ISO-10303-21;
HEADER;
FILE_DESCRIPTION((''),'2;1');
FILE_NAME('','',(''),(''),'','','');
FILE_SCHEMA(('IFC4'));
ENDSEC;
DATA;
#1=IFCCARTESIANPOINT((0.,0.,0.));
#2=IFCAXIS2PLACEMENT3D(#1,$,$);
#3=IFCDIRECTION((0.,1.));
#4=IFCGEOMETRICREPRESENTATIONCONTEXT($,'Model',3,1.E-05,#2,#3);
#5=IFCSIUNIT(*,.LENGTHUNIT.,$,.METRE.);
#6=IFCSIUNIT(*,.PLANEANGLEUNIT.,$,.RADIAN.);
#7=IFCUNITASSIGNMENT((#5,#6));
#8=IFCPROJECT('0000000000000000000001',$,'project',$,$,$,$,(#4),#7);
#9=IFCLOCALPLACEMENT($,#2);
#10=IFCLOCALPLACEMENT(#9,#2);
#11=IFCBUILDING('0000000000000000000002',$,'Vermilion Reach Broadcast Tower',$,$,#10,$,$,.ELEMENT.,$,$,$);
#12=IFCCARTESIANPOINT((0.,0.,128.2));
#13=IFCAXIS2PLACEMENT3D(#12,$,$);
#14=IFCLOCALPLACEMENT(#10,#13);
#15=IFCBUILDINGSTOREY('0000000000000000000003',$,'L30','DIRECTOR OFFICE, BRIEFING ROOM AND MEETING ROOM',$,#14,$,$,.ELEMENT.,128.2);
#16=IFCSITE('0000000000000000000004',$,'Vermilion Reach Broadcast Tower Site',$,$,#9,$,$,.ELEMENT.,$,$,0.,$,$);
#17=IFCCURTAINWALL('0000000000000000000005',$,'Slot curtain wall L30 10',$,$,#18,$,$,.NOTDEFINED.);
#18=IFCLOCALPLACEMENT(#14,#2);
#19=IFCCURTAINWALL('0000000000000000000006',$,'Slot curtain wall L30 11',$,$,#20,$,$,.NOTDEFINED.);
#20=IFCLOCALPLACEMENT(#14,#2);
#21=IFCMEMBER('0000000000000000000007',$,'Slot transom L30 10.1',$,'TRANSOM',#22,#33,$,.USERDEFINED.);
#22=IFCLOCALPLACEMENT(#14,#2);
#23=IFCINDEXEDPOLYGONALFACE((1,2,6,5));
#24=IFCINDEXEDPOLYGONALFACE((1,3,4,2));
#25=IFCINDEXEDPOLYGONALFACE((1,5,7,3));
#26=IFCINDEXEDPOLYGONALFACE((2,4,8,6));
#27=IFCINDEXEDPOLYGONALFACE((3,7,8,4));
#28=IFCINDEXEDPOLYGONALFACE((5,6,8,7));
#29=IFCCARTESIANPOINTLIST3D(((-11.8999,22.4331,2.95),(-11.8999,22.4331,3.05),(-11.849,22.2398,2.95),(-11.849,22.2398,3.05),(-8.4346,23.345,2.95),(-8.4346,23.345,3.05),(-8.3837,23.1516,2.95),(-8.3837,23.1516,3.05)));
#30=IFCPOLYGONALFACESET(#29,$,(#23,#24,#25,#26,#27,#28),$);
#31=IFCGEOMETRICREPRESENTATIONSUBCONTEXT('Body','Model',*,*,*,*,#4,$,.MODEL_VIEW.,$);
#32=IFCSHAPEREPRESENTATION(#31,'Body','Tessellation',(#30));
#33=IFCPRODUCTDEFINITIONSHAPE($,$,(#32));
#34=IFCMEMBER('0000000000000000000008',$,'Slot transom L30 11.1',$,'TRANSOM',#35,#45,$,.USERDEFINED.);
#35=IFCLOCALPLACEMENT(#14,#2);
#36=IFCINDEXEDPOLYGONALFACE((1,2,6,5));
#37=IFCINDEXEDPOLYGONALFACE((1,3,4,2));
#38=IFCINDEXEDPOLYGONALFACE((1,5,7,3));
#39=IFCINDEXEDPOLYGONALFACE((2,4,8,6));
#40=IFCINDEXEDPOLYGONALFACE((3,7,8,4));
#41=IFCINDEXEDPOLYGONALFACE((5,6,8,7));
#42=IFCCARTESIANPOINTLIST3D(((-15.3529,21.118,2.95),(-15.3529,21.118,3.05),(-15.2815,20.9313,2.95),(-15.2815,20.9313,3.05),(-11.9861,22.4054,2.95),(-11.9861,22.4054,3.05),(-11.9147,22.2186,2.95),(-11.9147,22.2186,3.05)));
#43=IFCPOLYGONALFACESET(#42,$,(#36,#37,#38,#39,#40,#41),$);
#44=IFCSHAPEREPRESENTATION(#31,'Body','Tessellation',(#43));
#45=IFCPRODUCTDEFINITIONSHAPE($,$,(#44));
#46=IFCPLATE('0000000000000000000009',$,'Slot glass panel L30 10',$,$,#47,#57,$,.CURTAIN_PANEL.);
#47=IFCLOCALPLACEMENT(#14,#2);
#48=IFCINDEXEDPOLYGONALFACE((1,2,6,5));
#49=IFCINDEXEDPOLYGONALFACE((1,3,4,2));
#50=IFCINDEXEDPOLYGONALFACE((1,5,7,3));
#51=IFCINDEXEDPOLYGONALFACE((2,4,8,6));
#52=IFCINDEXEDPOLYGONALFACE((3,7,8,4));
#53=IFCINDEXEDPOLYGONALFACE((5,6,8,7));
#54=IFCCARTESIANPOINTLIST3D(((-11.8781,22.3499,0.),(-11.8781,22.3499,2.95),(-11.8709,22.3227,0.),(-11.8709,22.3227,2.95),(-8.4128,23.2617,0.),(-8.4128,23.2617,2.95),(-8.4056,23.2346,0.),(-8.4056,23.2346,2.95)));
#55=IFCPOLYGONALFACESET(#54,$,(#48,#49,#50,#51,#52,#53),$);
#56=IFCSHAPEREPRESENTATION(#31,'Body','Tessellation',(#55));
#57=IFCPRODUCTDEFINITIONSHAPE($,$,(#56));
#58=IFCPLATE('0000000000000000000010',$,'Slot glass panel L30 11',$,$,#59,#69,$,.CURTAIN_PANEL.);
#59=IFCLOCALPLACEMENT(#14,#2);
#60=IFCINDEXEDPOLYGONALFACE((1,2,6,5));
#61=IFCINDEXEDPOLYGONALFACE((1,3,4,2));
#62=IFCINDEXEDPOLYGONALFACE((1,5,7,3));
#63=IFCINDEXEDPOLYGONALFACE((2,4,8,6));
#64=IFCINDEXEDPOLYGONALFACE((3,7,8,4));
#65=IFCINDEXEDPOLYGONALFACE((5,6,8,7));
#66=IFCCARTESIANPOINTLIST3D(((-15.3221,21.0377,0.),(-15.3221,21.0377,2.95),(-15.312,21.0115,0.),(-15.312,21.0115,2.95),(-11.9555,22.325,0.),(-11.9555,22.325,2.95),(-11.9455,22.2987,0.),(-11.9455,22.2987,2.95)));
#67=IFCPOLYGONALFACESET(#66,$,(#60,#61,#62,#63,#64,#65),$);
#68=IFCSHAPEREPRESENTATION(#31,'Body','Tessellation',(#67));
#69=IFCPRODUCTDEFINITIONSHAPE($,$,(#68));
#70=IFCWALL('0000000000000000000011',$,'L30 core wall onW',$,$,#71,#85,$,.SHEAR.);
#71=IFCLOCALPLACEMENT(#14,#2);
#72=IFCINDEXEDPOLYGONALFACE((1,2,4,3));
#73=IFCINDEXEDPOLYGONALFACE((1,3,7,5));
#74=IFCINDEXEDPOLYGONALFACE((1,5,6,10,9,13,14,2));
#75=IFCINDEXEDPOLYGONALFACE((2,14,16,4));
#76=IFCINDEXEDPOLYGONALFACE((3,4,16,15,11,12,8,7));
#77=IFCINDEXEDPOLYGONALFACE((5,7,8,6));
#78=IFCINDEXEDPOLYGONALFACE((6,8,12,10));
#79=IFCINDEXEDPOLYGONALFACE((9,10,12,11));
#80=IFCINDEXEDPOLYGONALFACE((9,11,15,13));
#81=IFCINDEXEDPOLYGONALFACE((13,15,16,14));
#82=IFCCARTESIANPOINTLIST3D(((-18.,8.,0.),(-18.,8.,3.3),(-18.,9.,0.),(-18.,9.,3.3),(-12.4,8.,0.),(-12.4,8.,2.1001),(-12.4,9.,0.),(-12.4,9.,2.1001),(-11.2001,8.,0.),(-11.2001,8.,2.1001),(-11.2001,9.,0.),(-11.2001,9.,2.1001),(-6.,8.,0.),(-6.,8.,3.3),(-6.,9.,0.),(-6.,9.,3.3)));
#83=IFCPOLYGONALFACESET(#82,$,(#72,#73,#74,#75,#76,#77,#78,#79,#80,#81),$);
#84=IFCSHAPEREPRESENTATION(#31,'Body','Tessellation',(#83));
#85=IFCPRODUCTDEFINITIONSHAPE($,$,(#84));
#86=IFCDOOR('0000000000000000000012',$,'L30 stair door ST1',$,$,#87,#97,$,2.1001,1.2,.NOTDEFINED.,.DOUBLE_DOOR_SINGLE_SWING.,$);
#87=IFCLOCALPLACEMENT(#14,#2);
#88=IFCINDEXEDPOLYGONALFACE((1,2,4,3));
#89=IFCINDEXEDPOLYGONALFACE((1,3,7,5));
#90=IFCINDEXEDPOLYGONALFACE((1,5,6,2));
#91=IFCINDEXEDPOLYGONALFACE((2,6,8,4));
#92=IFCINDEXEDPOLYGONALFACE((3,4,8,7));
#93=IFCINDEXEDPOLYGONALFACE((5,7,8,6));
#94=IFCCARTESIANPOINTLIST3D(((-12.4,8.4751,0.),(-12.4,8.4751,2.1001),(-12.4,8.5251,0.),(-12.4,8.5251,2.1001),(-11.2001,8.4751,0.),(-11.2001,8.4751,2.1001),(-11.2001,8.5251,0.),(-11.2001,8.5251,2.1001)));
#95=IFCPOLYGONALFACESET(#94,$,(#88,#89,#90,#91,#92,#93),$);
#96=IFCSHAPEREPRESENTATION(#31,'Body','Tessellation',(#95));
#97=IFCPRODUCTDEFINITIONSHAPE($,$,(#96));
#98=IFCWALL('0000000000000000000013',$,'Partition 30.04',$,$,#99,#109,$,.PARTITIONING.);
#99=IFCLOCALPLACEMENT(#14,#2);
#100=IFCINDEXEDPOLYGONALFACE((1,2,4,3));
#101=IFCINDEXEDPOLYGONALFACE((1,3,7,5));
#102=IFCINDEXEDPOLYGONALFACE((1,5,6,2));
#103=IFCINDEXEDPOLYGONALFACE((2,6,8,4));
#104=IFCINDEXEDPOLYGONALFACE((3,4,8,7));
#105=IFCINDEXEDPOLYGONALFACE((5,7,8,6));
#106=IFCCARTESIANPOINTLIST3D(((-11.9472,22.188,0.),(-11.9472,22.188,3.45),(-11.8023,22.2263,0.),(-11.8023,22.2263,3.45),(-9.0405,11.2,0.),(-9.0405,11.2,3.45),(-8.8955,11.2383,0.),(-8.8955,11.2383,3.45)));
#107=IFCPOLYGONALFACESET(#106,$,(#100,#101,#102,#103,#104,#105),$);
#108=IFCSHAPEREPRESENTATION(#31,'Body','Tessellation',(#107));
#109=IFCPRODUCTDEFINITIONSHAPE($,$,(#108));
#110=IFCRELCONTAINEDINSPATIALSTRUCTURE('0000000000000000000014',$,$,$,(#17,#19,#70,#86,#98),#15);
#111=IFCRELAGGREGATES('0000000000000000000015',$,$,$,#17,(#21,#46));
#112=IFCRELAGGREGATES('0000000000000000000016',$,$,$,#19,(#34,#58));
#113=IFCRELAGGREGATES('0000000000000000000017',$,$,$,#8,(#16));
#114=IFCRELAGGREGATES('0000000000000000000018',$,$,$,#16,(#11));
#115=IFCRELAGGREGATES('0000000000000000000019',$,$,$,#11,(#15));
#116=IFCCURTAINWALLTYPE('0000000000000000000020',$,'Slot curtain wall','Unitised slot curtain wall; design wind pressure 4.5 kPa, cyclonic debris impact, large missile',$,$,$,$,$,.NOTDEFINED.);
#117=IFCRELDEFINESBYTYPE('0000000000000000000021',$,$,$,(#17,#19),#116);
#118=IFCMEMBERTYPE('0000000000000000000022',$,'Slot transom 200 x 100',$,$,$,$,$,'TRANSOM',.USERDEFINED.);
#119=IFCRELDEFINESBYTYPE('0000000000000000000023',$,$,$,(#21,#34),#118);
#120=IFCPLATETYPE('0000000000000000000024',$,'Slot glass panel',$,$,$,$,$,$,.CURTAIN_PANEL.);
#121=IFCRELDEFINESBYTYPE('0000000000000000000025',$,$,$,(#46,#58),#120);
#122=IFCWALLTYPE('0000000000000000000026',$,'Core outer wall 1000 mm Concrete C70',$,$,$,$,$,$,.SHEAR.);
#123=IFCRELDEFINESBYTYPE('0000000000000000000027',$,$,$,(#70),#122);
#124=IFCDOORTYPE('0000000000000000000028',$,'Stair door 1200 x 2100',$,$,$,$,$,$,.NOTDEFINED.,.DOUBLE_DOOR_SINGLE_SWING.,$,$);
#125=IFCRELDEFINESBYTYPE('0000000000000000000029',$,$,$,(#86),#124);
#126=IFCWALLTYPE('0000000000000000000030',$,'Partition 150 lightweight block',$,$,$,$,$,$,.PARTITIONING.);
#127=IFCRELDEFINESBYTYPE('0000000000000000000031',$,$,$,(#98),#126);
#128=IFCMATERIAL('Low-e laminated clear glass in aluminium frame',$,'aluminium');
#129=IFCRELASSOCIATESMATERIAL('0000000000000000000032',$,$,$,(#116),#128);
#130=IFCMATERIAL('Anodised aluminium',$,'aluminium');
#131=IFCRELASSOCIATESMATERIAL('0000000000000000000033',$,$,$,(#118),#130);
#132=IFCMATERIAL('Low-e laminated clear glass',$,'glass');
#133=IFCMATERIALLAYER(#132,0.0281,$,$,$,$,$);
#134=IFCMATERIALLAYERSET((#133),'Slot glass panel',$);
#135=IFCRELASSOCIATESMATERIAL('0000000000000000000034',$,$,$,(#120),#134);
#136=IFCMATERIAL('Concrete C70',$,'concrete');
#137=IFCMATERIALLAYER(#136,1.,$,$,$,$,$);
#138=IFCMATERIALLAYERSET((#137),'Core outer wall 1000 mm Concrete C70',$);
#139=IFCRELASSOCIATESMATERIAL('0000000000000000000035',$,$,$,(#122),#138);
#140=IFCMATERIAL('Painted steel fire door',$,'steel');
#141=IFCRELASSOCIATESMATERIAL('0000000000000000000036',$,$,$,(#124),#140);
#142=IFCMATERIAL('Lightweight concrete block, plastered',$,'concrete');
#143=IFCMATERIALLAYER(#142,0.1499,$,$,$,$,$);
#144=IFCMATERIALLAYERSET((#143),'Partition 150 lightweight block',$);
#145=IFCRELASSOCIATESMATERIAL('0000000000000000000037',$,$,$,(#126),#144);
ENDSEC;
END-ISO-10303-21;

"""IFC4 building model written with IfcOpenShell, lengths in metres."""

from ifc_helpers import new_model, si_unit, direction, frame, frame_2d, origin, origin_2d, place, context, subcontext, project, spatial, rectangle, extrude, material, layer, layer_set, material_profile, profile_set, type_object, element, fill, aggregate, save


model = new_model("IFC4")

# Units and contexts
model_context = context("Model", 3, precision=1e-05, world=origin(), true_north=direction((0.0, 1.0)))
body_context = subcontext(model_context, "Body", "Model", "MODEL_VIEW")
ifc_project = project(units=[si_unit("LENGTHUNIT", "METRE"), si_unit("PLANEANGLEUNIT", "RADIAN")], contexts=[model_context])

# Site, building, storey
site_placement = place(None, origin())
site = spatial("IfcSite", under=ifc_project, at=site_placement, Name="Vermilion Reach Broadcast Tower Site", CompositionType="ELEMENT", RefElevation=0.0)
building_placement = place(site_placement, origin())
building = spatial("IfcBuilding", under=site, at=building_placement, Name="Vermilion Reach Broadcast Tower", CompositionType="ELEMENT")
storey_placement = place(building_placement, frame((0.0, 0.0, 128.2)))
storey = spatial("IfcBuildingStorey", under=building, at=storey_placement, Name="L30", Description="DIRECTOR OFFICE, BRIEFING ROOM AND MEETING ROOM", CompositionType="ELEMENT", Elevation=128.2)

# Curtain walls
ifc_material_1 = material(Name="Low-e laminated clear glass in aluminium frame", Category="aluminium")
curtain_wall_type = type_object("IfcCurtainWallType", Name="Slot curtain wall", Description="Unitised slot curtain wall; design wind pressure 4.5 kPa, cyclonic debris impact, large missile", PredefinedType="NOTDEFINED", material=ifc_material_1)
placement = place(storey_placement, origin())
curtain_wall_1 = element("IfcCurtainWall", 1, at=placement, inside=storey, type_object=curtain_wall_type, Name="Slot curtain wall L30 10", PredefinedType="NOTDEFINED")
curtain_wall_2 = element("IfcCurtainWall", 2, at=placement, inside=storey, type_object=curtain_wall_type, Name="Slot curtain wall L30 11", PredefinedType="NOTDEFINED")

# Members
ifc_material_2 = material(Name="Anodised aluminium", Category="aluminium")
ifc_material_profile_1 = material_profile(ifc_material_2, rectangle(XDim=0.2, YDim=0.1001, at=origin_2d()), Name="Slot transom 200 x 100")
ifc_profile_set_1 = profile_set([ifc_material_profile_1], Name="Anodised aluminium")
member_type_1 = type_object("IfcMemberType", Name="Slot transom 200 x 100", ElementType="TRANSOM", PredefinedType="USERDEFINED", material=ifc_profile_set_1)
member_1_placement = place(storey_placement, frame((-8.4092, 23.2483, 3.0), z_axis=(-0.967079, -0.254477, 0.0), x_axis=(0.254477, -0.967079, 0.0)))
member_1 = element("IfcMember", 3, at=member_1_placement, type_object=member_type_1, Name="Slot transom L30 10.1", ObjectType="TRANSOM", PredefinedType="USERDEFINED", context=body_context, shape_type="SweptSolid", body=[
    extrude(rectangle(XDim=0.2, YDim=0.1001, at=origin_2d()), origin(), (0.0, 0.0, 1.0), 3.5833),
])
member_2_placement = place(storey_placement, frame((-11.9504, 22.312, 3.0), z_axis=(-0.934044, -0.357158, 0.0), x_axis=(0.357158, -0.934044, 0.0)))
member_2 = element("IfcMember", 4, at=member_2_placement, type_object=member_type_1, Name="Slot transom L30 11.1", ObjectType="TRANSOM", PredefinedType="USERDEFINED", context=body_context, shape_type="SweptSolid", body=[
    extrude(rectangle(XDim=0.2, YDim=0.1001, at=origin_2d()), origin(), (0.0, 0.0, 1.0), 3.6045),
])

# Plates
ifc_material_3 = material(Name="Low-e laminated clear glass", Category="glass")
ifc_layer_1 = layer(ifc_material_3, 0.0281)
ifc_layer_set_1 = layer_set([ifc_layer_1], Name="Slot glass panel")
plate_type = type_object("IfcPlateType", Name="Slot glass panel", PredefinedType="CURTAIN_PANEL", material=ifc_layer_set_1)
plate_1_placement = place(storey_placement, frame((-10.1418, 22.7922, 0.0), z_axis=(0.0, 0.0, 1.0), x_axis=(-0.967079, -0.254475, 0.0)))
plate_1 = element("IfcPlate", 5, at=plate_1_placement, type_object=plate_type, Name="Slot glass panel L30 10", PredefinedType="CURTAIN_PANEL", context=body_context, shape_type="SweptSolid", body=[
    extrude(rectangle(XDim=3.5833, YDim=0.0281, at=origin_2d()), origin(), (0.0, 0.0, 1.0), 2.95),
])
aggregate(curtain_wall_1, [member_1, plate_1])
plate_2_placement = place(storey_placement, frame((-13.6338, 21.6682, 0.0), z_axis=(0.0, 0.0, 1.0), x_axis=(-0.934044, -0.357157, 0.0)))
plate_2 = element("IfcPlate", 6, at=plate_2_placement, type_object=plate_type, Name="Slot glass panel L30 11", PredefinedType="CURTAIN_PANEL", context=body_context, shape_type="SweptSolid", body=[
    extrude(rectangle(XDim=3.6042, YDim=0.0281, at=origin_2d()), origin(), (0.0, 0.0, 1.0), 2.95),
])
aggregate(curtain_wall_2, [member_2, plate_2])

# Wall, opening, door
ifc_material_4 = material(Name="Concrete C70", Category="concrete")
ifc_layer_2 = layer(ifc_material_4, 1.0)
ifc_layer_set_2 = layer_set([ifc_layer_2], Name="Core outer wall 1000 mm Concrete C70")
wall_type_1 = type_object("IfcWallType", Name="Core outer wall 1000 mm Concrete C70", PredefinedType="SHEAR", material=ifc_layer_set_2)
wall_1_placement = place(storey_placement, frame((-6.0, 8.5, 0.0), z_axis=(0.0, 0.0, 1.0), x_axis=(-1.0, 0.0, 0.0)))
wall_1 = element("IfcWall", 7, at=wall_1_placement, inside=storey, type_object=wall_type_1, Name="L30 core wall onW", PredefinedType="SHEAR", context=body_context, shape_type="SweptSolid", body=[
    extrude(rectangle(XDim=12.0, YDim=1.0, at=frame_2d((6.0, 0.0))), origin(), (0.0, 0.0, 1.0), 3.3),
])
opening_placement = place(wall_1_placement, frame((5.2, 0.0, 0.0)))
opening = element("IfcOpeningElement", 8, at=opening_placement, cuts=wall_1, PredefinedType="OPENING", context=body_context, shape_type="SweptSolid", body=[
    extrude(rectangle(XDim=1.2, YDim=2.1001, at=frame_2d((0.6001, 1.05))), frame((0.0, 0.51, 0.0), z_axis=(0.0, -1.0, 0.0), x_axis=(1.0, 0.0, 0.0)), (0.0, 0.0, 1.0), 1.02),
])
ifc_material_5 = material(Name="Painted steel fire door", Category="steel")
door_type = type_object("IfcDoorType", Name="Stair door 1200 x 2100", OperationType="DOUBLE_DOOR_SINGLE_SWING", PredefinedType="NOTDEFINED", material=ifc_material_5)
door_placement = place(opening_placement, origin())
door = element("IfcDoor", 9, at=door_placement, inside=storey, type_object=door_type, Name="L30 stair door ST1", OperationType="DOUBLE_DOOR_SINGLE_SWING", OverallHeight=2.1001, OverallWidth=1.2, PredefinedType="NOTDEFINED", context=body_context, shape_type="SweptSolid", body=[
    extrude(rectangle(XDim=1.2, YDim=2.1001, at=frame_2d((0.6001, 1.05))), frame((0.0, 0.0249, 0.0), z_axis=(0.0, -1.0, 0.0), x_axis=(1.0, 0.0, 0.0)), (0.0, 0.0, 1.0), 0.05),
])
fill(opening, door)

# Wall
ifc_material_6 = material(Name="Lightweight concrete block, plastered", Category="concrete")
ifc_layer_3 = layer(ifc_material_6, 0.1499)
ifc_layer_set_3 = layer_set([ifc_layer_3], Name="Partition 150 lightweight block")
wall_type_2 = type_object("IfcWallType", Name="Partition 150 lightweight block", PredefinedType="PARTITIONING", material=ifc_layer_set_3)
wall_2_placement = place(storey_placement, frame((-11.8748, 22.2073, 0.0), z_axis=(0.0, 0.0, 1.0), x_axis=(0.25574, -0.966746, 0.0)))
element("IfcWall", 10, at=wall_2_placement, inside=storey, type_object=wall_type_2, Name="Partition 30.04", PredefinedType="PARTITIONING", context=body_context, shape_type="SweptSolid", body=[
    extrude(rectangle(XDim=11.366, YDim=0.1499, at=frame_2d((5.6831, 0.0))), origin(), (0.0, 0.0, 1.0), 3.45),
])

save(model, "model.ifc")
